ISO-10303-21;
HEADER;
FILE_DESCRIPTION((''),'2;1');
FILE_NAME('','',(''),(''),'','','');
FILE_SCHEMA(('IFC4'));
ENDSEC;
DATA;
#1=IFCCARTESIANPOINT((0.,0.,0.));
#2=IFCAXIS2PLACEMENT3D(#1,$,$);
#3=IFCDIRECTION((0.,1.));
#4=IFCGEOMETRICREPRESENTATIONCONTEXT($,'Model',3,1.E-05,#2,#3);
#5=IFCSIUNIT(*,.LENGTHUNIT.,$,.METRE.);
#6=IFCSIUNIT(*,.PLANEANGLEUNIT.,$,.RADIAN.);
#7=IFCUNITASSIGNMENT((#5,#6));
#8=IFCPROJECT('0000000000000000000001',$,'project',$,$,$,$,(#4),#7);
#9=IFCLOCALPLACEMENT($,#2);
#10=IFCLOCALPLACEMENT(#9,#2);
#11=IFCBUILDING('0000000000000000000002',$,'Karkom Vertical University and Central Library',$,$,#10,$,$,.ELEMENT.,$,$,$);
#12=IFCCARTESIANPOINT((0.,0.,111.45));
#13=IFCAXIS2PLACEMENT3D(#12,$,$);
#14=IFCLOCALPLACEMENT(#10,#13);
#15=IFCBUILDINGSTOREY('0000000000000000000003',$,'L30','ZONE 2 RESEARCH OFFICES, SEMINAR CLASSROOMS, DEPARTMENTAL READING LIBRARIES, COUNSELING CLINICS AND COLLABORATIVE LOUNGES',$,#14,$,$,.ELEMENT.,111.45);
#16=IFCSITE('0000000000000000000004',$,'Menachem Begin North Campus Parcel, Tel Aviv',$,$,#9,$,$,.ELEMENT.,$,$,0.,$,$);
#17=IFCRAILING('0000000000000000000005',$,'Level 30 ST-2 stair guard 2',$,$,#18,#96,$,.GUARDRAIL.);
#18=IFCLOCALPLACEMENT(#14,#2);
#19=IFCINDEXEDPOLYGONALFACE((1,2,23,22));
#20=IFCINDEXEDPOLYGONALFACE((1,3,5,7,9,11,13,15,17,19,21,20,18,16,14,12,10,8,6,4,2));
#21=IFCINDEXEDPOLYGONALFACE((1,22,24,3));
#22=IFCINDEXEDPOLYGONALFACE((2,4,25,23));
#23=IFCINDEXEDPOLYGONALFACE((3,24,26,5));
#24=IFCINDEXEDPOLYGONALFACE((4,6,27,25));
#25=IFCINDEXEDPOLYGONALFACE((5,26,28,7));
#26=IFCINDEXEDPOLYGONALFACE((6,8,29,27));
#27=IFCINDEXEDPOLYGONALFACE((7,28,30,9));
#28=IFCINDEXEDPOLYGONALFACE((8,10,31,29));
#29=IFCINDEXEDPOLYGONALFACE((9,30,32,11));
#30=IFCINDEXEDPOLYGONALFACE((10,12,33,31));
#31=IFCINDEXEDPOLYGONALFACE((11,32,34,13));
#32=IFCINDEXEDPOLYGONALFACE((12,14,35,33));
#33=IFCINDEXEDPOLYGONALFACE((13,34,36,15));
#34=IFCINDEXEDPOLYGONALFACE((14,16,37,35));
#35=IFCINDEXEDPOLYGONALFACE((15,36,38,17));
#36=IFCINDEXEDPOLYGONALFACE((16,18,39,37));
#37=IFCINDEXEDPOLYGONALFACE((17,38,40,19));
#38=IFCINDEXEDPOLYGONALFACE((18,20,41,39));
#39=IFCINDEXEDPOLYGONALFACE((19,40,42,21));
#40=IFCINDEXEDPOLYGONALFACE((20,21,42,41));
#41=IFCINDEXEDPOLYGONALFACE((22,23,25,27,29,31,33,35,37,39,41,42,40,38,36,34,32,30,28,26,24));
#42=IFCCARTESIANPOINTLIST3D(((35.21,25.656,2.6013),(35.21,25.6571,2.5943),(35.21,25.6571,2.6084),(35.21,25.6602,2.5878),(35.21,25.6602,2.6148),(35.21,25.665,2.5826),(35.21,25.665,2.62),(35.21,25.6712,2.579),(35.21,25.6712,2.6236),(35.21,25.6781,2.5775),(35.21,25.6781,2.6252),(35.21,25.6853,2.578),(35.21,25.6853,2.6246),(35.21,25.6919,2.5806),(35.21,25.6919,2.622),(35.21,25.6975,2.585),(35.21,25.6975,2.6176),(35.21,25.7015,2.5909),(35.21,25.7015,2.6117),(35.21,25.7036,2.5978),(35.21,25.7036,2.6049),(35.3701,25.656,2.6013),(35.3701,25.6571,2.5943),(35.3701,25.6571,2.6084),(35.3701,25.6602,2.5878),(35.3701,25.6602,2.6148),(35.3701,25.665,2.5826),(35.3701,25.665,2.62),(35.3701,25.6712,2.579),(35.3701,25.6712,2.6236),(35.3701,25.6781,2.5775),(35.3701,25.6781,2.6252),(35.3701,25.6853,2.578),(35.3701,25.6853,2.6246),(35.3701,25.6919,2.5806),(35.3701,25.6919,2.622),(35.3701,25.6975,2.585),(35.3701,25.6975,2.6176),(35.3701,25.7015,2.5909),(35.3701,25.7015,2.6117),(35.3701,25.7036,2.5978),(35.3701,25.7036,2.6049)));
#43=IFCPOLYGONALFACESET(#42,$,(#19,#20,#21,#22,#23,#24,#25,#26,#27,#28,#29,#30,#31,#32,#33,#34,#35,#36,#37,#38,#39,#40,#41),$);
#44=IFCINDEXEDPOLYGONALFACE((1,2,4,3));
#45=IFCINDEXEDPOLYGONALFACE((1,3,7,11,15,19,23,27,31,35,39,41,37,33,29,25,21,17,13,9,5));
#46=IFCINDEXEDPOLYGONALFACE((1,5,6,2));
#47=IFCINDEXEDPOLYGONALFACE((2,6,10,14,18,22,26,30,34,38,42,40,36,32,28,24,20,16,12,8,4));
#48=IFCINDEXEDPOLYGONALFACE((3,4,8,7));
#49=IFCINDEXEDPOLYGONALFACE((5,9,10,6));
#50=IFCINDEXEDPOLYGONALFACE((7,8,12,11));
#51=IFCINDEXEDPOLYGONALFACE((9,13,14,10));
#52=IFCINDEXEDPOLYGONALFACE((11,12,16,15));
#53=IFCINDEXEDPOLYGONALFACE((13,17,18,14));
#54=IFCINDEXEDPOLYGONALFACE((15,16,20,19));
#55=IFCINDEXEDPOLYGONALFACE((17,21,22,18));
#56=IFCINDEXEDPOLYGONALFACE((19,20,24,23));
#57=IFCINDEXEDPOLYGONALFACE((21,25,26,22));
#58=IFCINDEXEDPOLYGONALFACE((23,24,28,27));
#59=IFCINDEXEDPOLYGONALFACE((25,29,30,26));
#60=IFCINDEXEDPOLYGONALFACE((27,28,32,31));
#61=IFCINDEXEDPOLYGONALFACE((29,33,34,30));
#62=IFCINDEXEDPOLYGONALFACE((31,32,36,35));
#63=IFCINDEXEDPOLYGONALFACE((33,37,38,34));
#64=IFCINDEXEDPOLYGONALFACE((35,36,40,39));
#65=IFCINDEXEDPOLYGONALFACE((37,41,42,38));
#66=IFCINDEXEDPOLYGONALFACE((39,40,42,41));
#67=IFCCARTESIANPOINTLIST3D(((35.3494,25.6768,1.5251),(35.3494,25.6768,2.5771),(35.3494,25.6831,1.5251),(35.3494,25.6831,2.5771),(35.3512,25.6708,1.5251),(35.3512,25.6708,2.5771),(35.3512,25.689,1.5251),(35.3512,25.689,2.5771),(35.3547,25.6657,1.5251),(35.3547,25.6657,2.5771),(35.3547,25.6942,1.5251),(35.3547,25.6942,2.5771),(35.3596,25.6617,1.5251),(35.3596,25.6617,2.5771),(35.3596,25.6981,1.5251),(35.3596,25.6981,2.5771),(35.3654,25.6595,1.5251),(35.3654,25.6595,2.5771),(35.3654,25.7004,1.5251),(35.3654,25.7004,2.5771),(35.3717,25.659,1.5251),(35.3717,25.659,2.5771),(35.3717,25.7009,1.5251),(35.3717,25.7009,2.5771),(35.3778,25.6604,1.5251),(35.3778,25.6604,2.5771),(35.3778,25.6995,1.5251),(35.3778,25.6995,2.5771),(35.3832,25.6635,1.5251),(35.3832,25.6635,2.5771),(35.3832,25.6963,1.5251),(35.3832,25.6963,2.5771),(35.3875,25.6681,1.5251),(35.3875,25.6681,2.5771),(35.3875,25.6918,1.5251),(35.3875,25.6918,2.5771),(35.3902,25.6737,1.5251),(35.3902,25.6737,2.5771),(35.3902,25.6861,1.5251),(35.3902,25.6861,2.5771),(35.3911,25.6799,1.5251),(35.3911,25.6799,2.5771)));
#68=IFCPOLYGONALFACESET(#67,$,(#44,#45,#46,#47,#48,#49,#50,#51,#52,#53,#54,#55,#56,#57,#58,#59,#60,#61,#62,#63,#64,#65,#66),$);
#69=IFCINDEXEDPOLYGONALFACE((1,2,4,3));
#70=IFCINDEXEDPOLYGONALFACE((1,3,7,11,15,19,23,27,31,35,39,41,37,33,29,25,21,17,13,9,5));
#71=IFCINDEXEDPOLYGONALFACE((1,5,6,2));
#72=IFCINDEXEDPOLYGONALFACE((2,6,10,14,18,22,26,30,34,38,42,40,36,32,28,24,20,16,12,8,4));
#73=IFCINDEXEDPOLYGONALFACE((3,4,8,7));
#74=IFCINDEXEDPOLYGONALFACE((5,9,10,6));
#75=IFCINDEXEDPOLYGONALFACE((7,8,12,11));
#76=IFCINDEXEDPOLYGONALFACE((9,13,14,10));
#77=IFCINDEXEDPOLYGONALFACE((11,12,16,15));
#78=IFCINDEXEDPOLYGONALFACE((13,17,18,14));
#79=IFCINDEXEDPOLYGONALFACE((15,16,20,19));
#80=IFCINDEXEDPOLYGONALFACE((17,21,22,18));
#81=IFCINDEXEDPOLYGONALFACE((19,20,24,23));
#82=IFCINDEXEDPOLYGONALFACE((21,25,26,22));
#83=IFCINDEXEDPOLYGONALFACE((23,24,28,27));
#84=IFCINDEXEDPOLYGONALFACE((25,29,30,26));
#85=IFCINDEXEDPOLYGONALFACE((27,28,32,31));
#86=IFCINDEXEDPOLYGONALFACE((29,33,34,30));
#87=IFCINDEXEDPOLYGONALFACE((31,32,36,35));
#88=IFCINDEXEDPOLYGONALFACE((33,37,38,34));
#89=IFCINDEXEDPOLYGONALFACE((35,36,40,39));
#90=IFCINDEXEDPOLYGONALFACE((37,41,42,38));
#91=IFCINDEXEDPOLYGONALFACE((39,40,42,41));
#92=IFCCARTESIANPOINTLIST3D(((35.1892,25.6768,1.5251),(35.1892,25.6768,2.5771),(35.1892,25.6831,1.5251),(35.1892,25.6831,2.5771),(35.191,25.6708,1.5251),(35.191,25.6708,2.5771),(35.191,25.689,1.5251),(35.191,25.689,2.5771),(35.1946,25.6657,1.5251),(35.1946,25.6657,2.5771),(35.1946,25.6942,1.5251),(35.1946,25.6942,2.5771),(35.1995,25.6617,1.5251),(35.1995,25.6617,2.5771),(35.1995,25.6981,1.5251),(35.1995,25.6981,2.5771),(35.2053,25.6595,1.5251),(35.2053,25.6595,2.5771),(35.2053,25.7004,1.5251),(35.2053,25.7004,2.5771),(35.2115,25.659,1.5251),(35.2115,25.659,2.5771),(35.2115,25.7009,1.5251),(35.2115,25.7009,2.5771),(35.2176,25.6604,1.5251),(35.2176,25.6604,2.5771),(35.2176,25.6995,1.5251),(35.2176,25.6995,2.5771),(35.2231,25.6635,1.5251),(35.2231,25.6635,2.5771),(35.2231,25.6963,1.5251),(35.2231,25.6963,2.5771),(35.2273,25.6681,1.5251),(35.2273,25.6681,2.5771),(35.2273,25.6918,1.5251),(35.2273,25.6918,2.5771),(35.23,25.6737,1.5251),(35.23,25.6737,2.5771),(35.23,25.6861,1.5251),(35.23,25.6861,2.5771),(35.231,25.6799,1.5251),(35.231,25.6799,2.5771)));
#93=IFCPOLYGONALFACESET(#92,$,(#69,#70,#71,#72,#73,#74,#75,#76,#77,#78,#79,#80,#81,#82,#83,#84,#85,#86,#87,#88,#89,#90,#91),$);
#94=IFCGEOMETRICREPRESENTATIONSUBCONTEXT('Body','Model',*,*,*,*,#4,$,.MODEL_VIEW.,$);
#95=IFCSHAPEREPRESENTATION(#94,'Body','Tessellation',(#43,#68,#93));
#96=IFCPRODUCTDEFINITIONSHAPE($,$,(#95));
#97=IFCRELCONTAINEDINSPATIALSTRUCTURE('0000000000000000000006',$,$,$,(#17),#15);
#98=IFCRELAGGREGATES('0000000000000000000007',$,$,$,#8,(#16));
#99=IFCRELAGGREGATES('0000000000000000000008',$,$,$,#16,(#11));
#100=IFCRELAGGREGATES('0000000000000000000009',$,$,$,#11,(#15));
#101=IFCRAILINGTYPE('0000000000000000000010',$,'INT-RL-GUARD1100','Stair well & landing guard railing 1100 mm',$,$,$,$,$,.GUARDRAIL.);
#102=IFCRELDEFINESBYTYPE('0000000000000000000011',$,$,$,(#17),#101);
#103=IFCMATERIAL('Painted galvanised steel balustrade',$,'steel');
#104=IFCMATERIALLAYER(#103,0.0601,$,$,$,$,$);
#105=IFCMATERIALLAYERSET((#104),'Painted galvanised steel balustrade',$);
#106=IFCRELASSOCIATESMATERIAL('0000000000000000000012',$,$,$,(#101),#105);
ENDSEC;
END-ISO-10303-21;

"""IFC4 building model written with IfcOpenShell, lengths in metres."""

from ifc_helpers import new_model, si_unit, direction, frame, origin, origin_2d, place, context, subcontext, project, spatial, circle, extrude, material, layer, layer_set, type_object, element, save


model = new_model("IFC4")

# Units and contexts
model_context = context("Model", 3, precision=1e-05, world=origin(), true_north=direction((0.0, 1.0)))
body_context = subcontext(model_context, "Body", "Model", "MODEL_VIEW")
ifc_project = project(units=[si_unit("LENGTHUNIT", "METRE"), si_unit("PLANEANGLEUNIT", "RADIAN")], contexts=[model_context])

# Site, building, storey
site_placement = place(None, origin())
site = spatial("IfcSite", under=ifc_project, at=site_placement, Name="Menachem Begin North Campus Parcel, Tel Aviv", CompositionType="ELEMENT", RefElevation=0.0)
building_placement = place(site_placement, origin())
building = spatial("IfcBuilding", under=site, at=building_placement, Name="Karkom Vertical University and Central Library", CompositionType="ELEMENT")
storey_placement = place(building_placement, frame((0.0, 0.0, 111.45)))
storey = spatial("IfcBuildingStorey", under=building, at=storey_placement, Name="L30", Description="ZONE 2 RESEARCH OFFICES, SEMINAR CLASSROOMS, DEPARTMENTAL READING LIBRARIES, COUNSELING CLINICS AND COLLABORATIVE LOUNGES", CompositionType="ELEMENT", Elevation=111.45)

# Railing
ifc_material_1 = material(Name="Painted galvanised steel balustrade", Category="steel")
ifc_layer_1 = layer(ifc_material_1, 0.0601)
ifc_layer_set_1 = layer_set([ifc_layer_1], Name="Painted galvanised steel balustrade")
railing_type = type_object("IfcRailingType", Name="INT-RL-GUARD1100", Description="Stair well & landing guard railing 1100 mm", PredefinedType="GUARDRAIL", material=ifc_layer_set_1)
railing_1_placement = place(storey_placement, frame((35.3701, 25.6799, 1.5251)))
element("IfcRailing", 1, at=railing_1_placement, inside=storey, type_object=railing_type, Name="Level 30 ST-2 stair guard 2", PredefinedType="GUARDRAIL", context=body_context, shape_type="SweptSolid", body=[
    extrude(circle(Radius=0.0239, at=origin_2d()), frame((0.0, 0.0, 1.0762), z_axis=(-1.0, 0.0, 0.0), x_axis=(0.0, -1.0, 0.0)), (0.0, 0.0, 1.0), 0.1602),
    extrude(circle(Radius=0.021, at=origin_2d()), origin(), (0.0, 0.0, 1.0), 1.052),
    extrude(circle(Radius=0.021, at=origin_2d()), frame((-0.1602, 0.0, 0.0)), (0.0, 0.0, 1.0), 1.052),
])

save(model, "model.ifc")
